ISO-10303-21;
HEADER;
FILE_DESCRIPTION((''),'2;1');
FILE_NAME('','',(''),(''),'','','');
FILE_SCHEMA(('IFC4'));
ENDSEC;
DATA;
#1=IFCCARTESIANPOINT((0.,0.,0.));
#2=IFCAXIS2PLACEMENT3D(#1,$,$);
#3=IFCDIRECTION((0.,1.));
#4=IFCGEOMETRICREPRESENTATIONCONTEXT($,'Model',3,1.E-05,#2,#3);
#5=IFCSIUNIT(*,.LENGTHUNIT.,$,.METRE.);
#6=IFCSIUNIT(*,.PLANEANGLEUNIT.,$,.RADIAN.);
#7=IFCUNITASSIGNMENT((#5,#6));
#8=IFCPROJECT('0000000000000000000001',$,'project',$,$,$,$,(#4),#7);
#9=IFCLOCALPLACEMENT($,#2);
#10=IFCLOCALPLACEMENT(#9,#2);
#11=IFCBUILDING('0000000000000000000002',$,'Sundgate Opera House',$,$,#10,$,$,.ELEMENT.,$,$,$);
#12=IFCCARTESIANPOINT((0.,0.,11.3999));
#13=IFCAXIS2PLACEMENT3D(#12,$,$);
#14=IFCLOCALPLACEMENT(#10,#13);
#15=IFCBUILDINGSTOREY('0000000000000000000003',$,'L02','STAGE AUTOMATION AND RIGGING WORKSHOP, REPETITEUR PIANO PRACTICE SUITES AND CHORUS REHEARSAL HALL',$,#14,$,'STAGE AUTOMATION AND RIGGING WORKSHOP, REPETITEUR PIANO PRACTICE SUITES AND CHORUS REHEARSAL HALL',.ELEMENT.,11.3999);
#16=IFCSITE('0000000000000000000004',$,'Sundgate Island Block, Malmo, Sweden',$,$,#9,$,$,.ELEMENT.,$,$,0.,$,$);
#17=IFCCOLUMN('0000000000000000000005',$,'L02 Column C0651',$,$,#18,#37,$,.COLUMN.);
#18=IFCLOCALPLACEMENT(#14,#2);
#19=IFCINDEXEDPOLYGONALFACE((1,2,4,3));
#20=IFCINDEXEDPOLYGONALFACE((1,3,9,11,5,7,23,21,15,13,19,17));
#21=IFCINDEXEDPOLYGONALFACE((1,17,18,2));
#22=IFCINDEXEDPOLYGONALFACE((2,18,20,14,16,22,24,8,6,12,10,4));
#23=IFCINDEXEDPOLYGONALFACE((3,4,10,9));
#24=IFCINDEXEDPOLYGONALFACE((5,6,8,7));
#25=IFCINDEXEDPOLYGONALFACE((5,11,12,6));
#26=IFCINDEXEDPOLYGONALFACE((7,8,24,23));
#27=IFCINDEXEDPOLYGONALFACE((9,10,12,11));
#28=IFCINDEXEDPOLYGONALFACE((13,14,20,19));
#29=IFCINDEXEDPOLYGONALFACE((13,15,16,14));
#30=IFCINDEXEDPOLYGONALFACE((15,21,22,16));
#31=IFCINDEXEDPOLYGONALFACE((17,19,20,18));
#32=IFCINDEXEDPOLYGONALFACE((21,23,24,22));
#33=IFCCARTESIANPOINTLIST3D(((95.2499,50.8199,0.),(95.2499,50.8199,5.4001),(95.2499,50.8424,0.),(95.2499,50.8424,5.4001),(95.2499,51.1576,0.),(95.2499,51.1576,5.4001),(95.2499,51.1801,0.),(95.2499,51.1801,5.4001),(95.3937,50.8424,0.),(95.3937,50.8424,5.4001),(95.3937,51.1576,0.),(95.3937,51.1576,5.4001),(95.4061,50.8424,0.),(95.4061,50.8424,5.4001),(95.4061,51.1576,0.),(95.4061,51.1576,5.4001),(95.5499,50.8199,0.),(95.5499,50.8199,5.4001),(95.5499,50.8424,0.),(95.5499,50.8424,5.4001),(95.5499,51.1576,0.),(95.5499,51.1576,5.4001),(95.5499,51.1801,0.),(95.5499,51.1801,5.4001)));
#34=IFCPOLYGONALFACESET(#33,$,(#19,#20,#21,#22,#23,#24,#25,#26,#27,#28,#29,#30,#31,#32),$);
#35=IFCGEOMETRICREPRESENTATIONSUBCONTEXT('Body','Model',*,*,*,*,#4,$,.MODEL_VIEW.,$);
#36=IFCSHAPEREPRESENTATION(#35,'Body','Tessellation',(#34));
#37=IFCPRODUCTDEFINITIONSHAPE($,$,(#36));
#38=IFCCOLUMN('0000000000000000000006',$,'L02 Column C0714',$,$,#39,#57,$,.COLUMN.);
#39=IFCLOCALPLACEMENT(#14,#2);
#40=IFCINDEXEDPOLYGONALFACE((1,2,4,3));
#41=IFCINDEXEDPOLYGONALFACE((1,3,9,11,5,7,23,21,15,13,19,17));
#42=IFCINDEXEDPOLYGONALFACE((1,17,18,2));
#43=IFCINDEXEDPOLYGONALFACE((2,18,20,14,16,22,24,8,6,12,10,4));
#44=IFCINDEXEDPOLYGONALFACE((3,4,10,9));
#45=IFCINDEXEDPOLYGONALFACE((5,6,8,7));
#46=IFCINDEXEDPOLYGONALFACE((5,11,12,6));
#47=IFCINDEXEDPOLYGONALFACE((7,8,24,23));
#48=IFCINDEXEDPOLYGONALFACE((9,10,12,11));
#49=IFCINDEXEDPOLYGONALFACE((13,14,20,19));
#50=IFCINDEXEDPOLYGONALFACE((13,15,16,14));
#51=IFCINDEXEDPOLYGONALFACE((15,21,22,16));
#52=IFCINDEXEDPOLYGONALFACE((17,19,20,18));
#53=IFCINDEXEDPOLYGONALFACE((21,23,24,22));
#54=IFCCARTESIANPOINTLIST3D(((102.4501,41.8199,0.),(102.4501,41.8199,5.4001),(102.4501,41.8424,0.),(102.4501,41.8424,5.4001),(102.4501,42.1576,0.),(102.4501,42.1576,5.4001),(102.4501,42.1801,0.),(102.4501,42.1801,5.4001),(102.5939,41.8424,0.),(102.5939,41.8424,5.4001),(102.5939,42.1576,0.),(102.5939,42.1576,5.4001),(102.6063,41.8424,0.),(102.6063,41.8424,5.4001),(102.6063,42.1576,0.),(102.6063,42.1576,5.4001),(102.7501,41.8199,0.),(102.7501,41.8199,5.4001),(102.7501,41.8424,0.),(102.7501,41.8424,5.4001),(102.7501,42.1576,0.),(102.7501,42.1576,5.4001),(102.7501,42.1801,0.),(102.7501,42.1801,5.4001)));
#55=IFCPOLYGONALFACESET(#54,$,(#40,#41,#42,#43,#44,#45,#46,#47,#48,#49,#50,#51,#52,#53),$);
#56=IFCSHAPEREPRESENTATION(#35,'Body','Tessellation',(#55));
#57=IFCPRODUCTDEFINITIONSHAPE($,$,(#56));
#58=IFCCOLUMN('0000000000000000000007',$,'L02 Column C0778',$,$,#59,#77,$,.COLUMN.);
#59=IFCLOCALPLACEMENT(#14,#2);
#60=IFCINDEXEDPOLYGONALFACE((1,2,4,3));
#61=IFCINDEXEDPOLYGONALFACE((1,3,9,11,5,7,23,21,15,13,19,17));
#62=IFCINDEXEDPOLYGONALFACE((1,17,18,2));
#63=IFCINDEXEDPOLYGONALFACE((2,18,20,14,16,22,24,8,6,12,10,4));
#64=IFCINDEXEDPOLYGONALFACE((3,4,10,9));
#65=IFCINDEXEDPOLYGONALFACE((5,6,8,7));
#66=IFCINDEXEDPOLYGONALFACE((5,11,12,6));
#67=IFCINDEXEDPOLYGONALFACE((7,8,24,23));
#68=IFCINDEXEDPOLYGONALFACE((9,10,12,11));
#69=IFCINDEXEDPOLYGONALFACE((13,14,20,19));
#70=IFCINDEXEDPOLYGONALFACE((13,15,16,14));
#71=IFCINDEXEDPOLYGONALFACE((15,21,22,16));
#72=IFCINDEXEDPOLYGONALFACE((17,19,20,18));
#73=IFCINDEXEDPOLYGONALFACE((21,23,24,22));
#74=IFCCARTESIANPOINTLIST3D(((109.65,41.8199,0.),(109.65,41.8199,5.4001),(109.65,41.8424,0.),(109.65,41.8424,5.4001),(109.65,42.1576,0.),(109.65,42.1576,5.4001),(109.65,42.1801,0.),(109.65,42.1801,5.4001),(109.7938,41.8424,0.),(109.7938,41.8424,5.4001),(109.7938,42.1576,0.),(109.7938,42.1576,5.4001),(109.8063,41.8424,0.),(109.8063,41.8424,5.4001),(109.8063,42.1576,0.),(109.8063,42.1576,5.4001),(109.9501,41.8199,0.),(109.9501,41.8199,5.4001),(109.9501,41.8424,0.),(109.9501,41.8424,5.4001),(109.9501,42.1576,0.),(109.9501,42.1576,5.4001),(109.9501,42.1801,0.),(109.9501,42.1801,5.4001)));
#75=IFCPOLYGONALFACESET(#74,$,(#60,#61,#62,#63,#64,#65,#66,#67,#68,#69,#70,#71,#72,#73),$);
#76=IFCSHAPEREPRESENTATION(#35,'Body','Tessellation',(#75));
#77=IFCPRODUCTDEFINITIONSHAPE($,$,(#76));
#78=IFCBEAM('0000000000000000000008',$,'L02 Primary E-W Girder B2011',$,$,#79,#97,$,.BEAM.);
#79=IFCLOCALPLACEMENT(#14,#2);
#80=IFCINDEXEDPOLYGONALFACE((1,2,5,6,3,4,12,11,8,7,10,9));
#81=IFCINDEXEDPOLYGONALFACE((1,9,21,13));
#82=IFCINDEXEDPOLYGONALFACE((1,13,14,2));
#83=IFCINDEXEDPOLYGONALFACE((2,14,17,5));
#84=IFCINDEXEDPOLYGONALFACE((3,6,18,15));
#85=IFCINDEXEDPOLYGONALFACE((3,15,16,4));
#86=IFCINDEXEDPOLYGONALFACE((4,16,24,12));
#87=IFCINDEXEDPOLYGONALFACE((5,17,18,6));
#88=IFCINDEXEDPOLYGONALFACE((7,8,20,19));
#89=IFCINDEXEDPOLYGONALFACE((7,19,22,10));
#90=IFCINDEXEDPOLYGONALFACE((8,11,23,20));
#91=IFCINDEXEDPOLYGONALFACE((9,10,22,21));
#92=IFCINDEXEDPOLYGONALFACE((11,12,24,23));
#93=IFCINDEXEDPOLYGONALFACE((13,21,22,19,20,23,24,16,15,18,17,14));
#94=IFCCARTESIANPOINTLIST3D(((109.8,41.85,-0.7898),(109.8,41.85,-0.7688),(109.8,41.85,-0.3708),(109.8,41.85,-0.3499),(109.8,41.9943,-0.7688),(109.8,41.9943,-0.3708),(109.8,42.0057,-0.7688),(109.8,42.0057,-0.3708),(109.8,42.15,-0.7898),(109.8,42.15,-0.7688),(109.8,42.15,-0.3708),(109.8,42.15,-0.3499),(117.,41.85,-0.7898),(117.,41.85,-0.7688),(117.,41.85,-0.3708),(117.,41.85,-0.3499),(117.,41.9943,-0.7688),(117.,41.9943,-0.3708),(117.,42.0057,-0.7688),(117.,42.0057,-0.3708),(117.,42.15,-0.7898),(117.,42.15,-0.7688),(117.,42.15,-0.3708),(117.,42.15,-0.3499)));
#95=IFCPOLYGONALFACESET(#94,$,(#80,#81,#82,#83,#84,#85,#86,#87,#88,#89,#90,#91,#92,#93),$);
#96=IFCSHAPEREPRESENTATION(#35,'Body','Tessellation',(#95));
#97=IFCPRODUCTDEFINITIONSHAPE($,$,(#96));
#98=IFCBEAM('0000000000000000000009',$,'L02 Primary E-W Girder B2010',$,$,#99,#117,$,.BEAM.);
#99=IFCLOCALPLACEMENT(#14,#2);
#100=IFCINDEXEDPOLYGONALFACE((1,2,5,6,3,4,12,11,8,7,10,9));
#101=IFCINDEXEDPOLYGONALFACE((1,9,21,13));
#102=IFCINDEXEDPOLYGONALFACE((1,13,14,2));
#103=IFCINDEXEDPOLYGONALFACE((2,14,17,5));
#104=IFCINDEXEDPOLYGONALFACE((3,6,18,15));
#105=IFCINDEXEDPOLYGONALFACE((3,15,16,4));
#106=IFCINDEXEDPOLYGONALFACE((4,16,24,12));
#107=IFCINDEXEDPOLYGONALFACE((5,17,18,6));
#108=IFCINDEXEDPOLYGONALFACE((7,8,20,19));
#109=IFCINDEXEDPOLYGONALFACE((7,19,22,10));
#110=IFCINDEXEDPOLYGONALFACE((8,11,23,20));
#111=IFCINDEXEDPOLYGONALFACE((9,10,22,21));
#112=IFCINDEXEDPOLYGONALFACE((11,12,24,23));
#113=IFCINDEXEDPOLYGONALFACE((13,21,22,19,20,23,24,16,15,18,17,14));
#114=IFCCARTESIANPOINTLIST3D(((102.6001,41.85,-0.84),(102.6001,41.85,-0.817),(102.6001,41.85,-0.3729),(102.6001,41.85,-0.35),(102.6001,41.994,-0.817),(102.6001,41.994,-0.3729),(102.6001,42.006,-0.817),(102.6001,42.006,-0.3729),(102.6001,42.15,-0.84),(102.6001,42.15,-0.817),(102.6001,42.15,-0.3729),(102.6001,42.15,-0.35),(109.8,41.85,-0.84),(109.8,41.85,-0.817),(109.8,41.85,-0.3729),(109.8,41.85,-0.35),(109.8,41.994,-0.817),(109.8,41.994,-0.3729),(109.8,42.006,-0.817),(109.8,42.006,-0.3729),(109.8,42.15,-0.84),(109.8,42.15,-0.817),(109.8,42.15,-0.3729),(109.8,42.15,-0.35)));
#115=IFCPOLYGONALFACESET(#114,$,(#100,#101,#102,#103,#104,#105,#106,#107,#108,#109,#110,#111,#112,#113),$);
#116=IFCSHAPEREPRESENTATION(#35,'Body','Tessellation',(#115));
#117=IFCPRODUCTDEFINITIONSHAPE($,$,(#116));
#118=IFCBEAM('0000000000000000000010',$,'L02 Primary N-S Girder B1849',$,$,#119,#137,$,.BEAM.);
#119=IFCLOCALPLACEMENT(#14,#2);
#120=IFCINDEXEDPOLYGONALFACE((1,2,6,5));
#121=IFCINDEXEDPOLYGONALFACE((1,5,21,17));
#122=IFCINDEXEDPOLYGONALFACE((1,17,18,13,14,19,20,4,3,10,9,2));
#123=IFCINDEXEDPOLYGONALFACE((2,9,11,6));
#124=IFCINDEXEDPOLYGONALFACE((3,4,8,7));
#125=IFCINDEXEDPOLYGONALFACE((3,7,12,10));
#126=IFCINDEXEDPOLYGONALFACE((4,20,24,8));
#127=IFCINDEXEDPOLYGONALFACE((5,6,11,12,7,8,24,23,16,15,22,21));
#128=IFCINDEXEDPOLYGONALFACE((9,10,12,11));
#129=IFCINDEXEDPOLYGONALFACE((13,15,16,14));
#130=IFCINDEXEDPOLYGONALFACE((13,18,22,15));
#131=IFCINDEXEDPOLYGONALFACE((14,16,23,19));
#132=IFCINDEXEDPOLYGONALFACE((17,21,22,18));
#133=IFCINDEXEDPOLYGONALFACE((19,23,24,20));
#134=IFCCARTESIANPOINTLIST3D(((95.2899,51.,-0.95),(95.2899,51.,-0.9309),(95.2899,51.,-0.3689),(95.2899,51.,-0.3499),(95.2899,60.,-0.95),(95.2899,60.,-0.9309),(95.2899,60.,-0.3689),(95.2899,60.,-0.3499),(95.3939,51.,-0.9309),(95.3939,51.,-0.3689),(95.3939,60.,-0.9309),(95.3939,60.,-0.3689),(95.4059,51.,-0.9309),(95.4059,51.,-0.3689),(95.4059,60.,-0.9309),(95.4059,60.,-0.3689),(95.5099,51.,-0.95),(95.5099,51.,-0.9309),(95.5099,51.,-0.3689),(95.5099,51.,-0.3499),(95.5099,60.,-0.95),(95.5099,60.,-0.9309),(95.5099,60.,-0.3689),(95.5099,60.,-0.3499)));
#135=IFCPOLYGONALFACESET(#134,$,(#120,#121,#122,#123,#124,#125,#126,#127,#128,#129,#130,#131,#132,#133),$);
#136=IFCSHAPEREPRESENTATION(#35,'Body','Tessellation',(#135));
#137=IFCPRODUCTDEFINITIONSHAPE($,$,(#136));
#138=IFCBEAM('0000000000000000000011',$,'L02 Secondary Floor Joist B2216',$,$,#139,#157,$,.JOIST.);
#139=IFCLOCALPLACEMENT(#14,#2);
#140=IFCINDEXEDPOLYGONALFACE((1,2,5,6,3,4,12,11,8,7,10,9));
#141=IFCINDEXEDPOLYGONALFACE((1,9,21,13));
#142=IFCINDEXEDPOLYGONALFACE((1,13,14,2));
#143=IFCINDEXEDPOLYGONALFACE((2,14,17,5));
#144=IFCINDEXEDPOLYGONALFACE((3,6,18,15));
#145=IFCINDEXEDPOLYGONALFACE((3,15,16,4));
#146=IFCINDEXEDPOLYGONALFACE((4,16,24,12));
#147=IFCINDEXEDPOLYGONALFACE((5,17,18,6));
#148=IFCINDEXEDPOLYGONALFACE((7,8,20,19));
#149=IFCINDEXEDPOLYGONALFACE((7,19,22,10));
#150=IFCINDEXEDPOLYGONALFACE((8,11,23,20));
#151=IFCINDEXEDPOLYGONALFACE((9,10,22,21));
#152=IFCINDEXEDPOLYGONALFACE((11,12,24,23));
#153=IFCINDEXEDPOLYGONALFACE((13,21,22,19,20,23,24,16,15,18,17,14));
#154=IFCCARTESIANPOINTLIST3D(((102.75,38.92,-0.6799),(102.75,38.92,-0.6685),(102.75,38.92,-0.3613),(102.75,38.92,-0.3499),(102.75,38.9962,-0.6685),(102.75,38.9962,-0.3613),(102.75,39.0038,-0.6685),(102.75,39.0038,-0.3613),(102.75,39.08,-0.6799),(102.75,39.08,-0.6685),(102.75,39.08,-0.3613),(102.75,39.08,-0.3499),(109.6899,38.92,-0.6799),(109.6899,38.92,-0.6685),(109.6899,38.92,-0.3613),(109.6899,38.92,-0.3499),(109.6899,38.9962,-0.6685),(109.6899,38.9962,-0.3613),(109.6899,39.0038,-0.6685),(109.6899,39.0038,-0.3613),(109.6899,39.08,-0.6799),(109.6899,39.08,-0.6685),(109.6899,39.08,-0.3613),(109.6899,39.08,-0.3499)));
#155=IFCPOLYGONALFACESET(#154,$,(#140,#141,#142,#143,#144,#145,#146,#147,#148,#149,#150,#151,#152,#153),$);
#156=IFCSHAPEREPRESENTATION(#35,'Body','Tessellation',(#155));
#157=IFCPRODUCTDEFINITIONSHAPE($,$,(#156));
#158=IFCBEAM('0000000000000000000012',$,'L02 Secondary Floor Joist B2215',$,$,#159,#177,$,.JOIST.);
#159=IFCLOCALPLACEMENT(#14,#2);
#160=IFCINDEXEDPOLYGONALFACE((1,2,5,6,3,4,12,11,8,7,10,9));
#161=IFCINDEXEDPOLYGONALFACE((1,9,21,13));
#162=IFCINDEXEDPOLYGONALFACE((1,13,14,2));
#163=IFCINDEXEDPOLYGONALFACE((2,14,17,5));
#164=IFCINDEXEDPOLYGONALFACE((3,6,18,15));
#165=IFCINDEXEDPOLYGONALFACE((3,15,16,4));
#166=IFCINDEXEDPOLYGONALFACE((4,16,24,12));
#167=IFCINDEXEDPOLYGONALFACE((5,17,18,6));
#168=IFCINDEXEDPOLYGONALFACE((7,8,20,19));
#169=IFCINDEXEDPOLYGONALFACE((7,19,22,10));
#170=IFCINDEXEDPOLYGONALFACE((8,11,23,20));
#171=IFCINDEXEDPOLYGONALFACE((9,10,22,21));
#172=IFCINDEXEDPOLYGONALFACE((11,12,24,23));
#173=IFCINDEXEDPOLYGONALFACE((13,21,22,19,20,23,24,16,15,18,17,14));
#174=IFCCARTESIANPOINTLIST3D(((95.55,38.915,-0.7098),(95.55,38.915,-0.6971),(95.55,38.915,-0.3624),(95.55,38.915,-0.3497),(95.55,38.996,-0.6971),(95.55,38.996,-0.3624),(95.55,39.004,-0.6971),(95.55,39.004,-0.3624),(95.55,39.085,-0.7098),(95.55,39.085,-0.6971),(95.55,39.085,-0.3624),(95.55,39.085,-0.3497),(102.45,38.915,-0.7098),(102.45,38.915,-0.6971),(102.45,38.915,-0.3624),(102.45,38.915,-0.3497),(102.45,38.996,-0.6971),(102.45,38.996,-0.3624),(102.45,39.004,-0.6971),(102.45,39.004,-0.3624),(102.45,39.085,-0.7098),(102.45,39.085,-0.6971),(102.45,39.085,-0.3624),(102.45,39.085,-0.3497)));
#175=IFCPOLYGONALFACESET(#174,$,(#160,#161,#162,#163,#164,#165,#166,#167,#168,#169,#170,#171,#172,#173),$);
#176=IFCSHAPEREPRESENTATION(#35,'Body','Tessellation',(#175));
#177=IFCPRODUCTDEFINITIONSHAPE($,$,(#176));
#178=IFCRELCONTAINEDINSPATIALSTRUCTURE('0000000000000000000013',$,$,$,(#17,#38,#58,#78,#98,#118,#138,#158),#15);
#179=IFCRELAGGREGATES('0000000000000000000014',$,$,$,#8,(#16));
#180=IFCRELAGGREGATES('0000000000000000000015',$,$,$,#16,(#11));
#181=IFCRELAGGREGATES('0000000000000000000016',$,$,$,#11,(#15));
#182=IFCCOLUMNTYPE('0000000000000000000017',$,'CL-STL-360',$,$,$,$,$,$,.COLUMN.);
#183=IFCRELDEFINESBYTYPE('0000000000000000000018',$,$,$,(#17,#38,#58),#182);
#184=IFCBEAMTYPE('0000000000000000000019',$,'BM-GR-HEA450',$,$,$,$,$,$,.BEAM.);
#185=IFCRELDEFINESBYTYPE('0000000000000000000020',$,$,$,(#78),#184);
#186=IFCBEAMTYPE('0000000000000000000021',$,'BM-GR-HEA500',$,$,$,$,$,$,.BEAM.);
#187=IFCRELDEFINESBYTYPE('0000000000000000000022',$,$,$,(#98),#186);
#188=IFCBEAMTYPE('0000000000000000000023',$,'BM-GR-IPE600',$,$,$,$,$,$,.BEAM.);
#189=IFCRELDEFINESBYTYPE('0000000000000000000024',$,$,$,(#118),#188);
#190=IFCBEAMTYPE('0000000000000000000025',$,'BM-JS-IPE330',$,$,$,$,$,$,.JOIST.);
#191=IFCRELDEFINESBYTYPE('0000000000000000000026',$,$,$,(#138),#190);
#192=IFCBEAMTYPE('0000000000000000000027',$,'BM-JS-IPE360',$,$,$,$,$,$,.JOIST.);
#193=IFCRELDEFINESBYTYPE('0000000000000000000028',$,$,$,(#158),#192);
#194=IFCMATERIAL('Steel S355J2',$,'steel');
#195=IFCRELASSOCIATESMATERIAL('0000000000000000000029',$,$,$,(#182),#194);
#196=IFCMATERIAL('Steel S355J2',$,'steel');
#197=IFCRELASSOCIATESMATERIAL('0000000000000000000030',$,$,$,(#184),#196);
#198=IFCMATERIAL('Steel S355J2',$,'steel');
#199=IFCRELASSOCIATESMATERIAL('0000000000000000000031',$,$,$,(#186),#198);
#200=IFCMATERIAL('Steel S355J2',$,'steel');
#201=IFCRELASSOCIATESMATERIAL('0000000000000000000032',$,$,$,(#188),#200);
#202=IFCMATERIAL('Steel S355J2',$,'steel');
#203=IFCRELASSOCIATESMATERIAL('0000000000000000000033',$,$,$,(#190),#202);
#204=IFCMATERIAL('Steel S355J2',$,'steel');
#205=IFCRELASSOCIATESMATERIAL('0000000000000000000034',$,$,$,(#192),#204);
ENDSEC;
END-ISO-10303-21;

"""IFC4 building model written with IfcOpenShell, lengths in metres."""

from ifc_helpers import new_model, si_unit, direction, frame, origin, origin_2d, place, context, subcontext, project, spatial, i_section, extrude, material, material_profile, profile_set, type_object, element, save


model = new_model("IFC4")

# Units and contexts
model_context = context("Model", 3, precision=1e-05, world=origin(), true_north=direction((0.0, 1.0)))
body_context = subcontext(model_context, "Body", "Model", "MODEL_VIEW")
ifc_project = project(units=[si_unit("LENGTHUNIT", "METRE"), si_unit("PLANEANGLEUNIT", "RADIAN")], contexts=[model_context])

# Site, building, storey
site_placement = place(None, origin())
site = spatial("IfcSite", under=ifc_project, at=site_placement, Name="Sundgate Island Block, Malmo, Sweden", CompositionType="ELEMENT", RefElevation=0.0)
building_placement = place(site_placement, origin())
building = spatial("IfcBuilding", under=site, at=building_placement, Name="Sundgate Opera House", CompositionType="ELEMENT")
storey_placement = place(building_placement, frame((0.0, 0.0, 11.3999)))
storey = spatial("IfcBuildingStorey", under=building, at=storey_placement, Name="L02", Description="STAGE AUTOMATION AND RIGGING WORKSHOP, REPETITEUR PIANO PRACTICE SUITES AND CHORUS REHEARSAL HALL", LongName="STAGE AUTOMATION AND RIGGING WORKSHOP, REPETITEUR PIANO PRACTICE SUITES AND CHORUS REHEARSAL HALL", CompositionType="ELEMENT", Elevation=11.3999)

# Columns
ifc_material_1 = material(Name="Steel S355J2", Category="steel")
ifc_material_profile_1 = material_profile(ifc_material_1, i_section(OverallWidth=0.3, OverallDepth=0.3601, WebThickness=0.0125, FlangeThickness=0.0225, at=origin_2d()), Name="HEB 360")
ifc_profile_set_1 = profile_set([ifc_material_profile_1], Name="Steel S355J2")
column_type = type_object("IfcColumnType", Name="CL-STL-360", PredefinedType="COLUMN", material=ifc_profile_set_1)
for number, where, z_axis, x_axis, name in (
    (1, (95.3999, 51.0, 0.0), (0.0, 0.0, 1.0), (1.0, 0.0, 0.0), "L02 Column C0651"),
    (2, (102.6001, 42.0, 0.0), (0.0, 0.0, 1.0), (1.0, 0.0, 0.0), "L02 Column C0714"),
    (3, (109.8, 42.0, 0.0), (0.0, 0.0, 1.0), (1.0, 0.0, 0.0), "L02 Column C0778"),
):
    element("IfcColumn", number, at=place(storey_placement, frame(where, z_axis=z_axis, x_axis=x_axis)), inside=storey, type_object=column_type, Name=name, PredefinedType="COLUMN", context=body_context, shape_type="SweptSolid", body=[
        extrude(i_section(OverallWidth=0.3, OverallDepth=0.3601, WebThickness=0.0125, FlangeThickness=0.0225, at=origin_2d()), origin(), (0.0, 0.0, 1.0), 5.4001),
    ])

# Beams
ifc_material_2 = material(Name="Steel S355J2", Category="steel")
ifc_material_profile_2 = material_profile(ifc_material_2, i_section(OverallWidth=0.3, OverallDepth=0.4399, WebThickness=0.0115, FlangeThickness=0.021, at=origin_2d()), Name="HEA 450")
ifc_profile_set_2 = profile_set([ifc_material_profile_2], Name="Steel S355J2")
beam_type_1 = type_object("IfcBeamType", Name="BM-GR-HEA450", PredefinedType="BEAM", material=ifc_profile_set_2)
beam_1_placement = place(storey_placement, frame((109.8, 42.0, -0.5698), z_axis=(1.0, 0.0, 0.0), x_axis=(0.0, 1.0, 0.0)))
element("IfcBeam", 4, at=beam_1_placement, inside=storey, type_object=beam_type_1, Name="L02 Primary E-W Girder B2011", PredefinedType="BEAM", context=body_context, shape_type="SweptSolid", body=[
    extrude(i_section(OverallWidth=0.3, OverallDepth=0.4399, WebThickness=0.0115, FlangeThickness=0.021, at=origin_2d()), origin(), (0.0, 0.0, 1.0), 7.2),
])
ifc_material_3 = material(Name="Steel S355J2", Category="steel")
ifc_material_profile_3 = material_profile(ifc_material_3, i_section(OverallWidth=0.3, OverallDepth=0.49, WebThickness=0.012, FlangeThickness=0.0229, at=origin_2d()), Name="HEA 500")
ifc_profile_set_3 = profile_set([ifc_material_profile_3], Name="Steel S355J2")
beam_type_2 = type_object("IfcBeamType", Name="BM-GR-HEA500", PredefinedType="BEAM", material=ifc_profile_set_3)
beam_2_placement = place(storey_placement, frame((102.6001, 42.0, -0.595), z_axis=(1.0, 0.0, 0.0), x_axis=(0.0, 1.0, 0.0)))
element("IfcBeam", 5, at=beam_2_placement, inside=storey, type_object=beam_type_2, Name="L02 Primary E-W Girder B2010", PredefinedType="BEAM", context=body_context, shape_type="SweptSolid", body=[
    extrude(i_section(OverallWidth=0.3, OverallDepth=0.49, WebThickness=0.012, FlangeThickness=0.0229, at=origin_2d()), origin(), (0.0, 0.0, 1.0), 7.2),
])
ifc_material_4 = material(Name="Steel S355J2", Category="steel")
ifc_material_profile_4 = material_profile(ifc_material_4, i_section(OverallWidth=0.22, OverallDepth=0.6001, WebThickness=0.012, FlangeThickness=0.019, at=origin_2d()), Name="IPE 600")
ifc_profile_set_4 = profile_set([ifc_material_profile_4], Name="Steel S355J2")
beam_type_3 = type_object("IfcBeamType", Name="BM-GR-IPE600", PredefinedType="BEAM", material=ifc_profile_set_4)
beam_3_placement = place(storey_placement, frame((95.3999, 51.0, -0.6499), z_axis=(0.0, 1.0, 0.0), x_axis=(-1.0, 0.0, 0.0)))
element("IfcBeam", 6, at=beam_3_placement, inside=storey, type_object=beam_type_3, Name="L02 Primary N-S Girder B1849", PredefinedType="BEAM", context=body_context, shape_type="SweptSolid", body=[
    extrude(i_section(OverallWidth=0.22, OverallDepth=0.6001, WebThickness=0.012, FlangeThickness=0.019, at=origin_2d()), origin(), (0.0, 0.0, 1.0), 9.0),
])
ifc_material_5 = material(Name="Steel S355J2", Category="steel")
ifc_material_profile_5 = material_profile(ifc_material_5, i_section(OverallWidth=0.1599, OverallDepth=0.3301, WebThickness=0.0076, FlangeThickness=0.0115, at=origin_2d()), Name="IPE 330")
ifc_profile_set_5 = profile_set([ifc_material_profile_5], Name="Steel S355J2")
beam_type_4 = type_object("IfcBeamType", Name="BM-JS-IPE330", PredefinedType="JOIST", material=ifc_profile_set_5)
beam_4_placement = place(storey_placement, frame((102.75, 39.0, -0.5149), z_axis=(1.0, 0.0, 0.0), x_axis=(0.0, 1.0, 0.0)))
element("IfcBeam", 7, at=beam_4_placement, inside=storey, type_object=beam_type_4, Name="L02 Secondary Floor Joist B2216", PredefinedType="JOIST", context=body_context, shape_type="SweptSolid", body=[
    extrude(i_section(OverallWidth=0.1599, OverallDepth=0.3301, WebThickness=0.0076, FlangeThickness=0.0115, at=origin_2d()), origin(), (0.0, 0.0, 1.0), 6.9399),
])
ifc_material_6 = material(Name="Steel S355J2", Category="steel")
ifc_material_profile_6 = material_profile(ifc_material_6, i_section(OverallWidth=0.1699, OverallDepth=0.3601, WebThickness=0.0081, FlangeThickness=0.0127, at=origin_2d()), Name="IPE 360")
ifc_profile_set_6 = profile_set([ifc_material_profile_6], Name="Steel S355J2")
beam_type_5 = type_object("IfcBeamType", Name="BM-JS-IPE360", PredefinedType="JOIST", material=ifc_profile_set_6)
beam_5_placement = place(storey_placement, frame((95.55, 39.0, -0.5298), z_axis=(1.0, 0.0, 0.0), x_axis=(0.0, 1.0, 0.0)))
element("IfcBeam", 8, at=beam_5_placement, inside=storey, type_object=beam_type_5, Name="L02 Secondary Floor Joist B2215", PredefinedType="JOIST", context=body_context, shape_type="SweptSolid", body=[
    extrude(i_section(OverallWidth=0.1699, OverallDepth=0.3601, WebThickness=0.0081, FlangeThickness=0.0127, at=origin_2d()), origin(), (0.0, 0.0, 1.0), 6.8999),
])

save(model, "model.ifc")
